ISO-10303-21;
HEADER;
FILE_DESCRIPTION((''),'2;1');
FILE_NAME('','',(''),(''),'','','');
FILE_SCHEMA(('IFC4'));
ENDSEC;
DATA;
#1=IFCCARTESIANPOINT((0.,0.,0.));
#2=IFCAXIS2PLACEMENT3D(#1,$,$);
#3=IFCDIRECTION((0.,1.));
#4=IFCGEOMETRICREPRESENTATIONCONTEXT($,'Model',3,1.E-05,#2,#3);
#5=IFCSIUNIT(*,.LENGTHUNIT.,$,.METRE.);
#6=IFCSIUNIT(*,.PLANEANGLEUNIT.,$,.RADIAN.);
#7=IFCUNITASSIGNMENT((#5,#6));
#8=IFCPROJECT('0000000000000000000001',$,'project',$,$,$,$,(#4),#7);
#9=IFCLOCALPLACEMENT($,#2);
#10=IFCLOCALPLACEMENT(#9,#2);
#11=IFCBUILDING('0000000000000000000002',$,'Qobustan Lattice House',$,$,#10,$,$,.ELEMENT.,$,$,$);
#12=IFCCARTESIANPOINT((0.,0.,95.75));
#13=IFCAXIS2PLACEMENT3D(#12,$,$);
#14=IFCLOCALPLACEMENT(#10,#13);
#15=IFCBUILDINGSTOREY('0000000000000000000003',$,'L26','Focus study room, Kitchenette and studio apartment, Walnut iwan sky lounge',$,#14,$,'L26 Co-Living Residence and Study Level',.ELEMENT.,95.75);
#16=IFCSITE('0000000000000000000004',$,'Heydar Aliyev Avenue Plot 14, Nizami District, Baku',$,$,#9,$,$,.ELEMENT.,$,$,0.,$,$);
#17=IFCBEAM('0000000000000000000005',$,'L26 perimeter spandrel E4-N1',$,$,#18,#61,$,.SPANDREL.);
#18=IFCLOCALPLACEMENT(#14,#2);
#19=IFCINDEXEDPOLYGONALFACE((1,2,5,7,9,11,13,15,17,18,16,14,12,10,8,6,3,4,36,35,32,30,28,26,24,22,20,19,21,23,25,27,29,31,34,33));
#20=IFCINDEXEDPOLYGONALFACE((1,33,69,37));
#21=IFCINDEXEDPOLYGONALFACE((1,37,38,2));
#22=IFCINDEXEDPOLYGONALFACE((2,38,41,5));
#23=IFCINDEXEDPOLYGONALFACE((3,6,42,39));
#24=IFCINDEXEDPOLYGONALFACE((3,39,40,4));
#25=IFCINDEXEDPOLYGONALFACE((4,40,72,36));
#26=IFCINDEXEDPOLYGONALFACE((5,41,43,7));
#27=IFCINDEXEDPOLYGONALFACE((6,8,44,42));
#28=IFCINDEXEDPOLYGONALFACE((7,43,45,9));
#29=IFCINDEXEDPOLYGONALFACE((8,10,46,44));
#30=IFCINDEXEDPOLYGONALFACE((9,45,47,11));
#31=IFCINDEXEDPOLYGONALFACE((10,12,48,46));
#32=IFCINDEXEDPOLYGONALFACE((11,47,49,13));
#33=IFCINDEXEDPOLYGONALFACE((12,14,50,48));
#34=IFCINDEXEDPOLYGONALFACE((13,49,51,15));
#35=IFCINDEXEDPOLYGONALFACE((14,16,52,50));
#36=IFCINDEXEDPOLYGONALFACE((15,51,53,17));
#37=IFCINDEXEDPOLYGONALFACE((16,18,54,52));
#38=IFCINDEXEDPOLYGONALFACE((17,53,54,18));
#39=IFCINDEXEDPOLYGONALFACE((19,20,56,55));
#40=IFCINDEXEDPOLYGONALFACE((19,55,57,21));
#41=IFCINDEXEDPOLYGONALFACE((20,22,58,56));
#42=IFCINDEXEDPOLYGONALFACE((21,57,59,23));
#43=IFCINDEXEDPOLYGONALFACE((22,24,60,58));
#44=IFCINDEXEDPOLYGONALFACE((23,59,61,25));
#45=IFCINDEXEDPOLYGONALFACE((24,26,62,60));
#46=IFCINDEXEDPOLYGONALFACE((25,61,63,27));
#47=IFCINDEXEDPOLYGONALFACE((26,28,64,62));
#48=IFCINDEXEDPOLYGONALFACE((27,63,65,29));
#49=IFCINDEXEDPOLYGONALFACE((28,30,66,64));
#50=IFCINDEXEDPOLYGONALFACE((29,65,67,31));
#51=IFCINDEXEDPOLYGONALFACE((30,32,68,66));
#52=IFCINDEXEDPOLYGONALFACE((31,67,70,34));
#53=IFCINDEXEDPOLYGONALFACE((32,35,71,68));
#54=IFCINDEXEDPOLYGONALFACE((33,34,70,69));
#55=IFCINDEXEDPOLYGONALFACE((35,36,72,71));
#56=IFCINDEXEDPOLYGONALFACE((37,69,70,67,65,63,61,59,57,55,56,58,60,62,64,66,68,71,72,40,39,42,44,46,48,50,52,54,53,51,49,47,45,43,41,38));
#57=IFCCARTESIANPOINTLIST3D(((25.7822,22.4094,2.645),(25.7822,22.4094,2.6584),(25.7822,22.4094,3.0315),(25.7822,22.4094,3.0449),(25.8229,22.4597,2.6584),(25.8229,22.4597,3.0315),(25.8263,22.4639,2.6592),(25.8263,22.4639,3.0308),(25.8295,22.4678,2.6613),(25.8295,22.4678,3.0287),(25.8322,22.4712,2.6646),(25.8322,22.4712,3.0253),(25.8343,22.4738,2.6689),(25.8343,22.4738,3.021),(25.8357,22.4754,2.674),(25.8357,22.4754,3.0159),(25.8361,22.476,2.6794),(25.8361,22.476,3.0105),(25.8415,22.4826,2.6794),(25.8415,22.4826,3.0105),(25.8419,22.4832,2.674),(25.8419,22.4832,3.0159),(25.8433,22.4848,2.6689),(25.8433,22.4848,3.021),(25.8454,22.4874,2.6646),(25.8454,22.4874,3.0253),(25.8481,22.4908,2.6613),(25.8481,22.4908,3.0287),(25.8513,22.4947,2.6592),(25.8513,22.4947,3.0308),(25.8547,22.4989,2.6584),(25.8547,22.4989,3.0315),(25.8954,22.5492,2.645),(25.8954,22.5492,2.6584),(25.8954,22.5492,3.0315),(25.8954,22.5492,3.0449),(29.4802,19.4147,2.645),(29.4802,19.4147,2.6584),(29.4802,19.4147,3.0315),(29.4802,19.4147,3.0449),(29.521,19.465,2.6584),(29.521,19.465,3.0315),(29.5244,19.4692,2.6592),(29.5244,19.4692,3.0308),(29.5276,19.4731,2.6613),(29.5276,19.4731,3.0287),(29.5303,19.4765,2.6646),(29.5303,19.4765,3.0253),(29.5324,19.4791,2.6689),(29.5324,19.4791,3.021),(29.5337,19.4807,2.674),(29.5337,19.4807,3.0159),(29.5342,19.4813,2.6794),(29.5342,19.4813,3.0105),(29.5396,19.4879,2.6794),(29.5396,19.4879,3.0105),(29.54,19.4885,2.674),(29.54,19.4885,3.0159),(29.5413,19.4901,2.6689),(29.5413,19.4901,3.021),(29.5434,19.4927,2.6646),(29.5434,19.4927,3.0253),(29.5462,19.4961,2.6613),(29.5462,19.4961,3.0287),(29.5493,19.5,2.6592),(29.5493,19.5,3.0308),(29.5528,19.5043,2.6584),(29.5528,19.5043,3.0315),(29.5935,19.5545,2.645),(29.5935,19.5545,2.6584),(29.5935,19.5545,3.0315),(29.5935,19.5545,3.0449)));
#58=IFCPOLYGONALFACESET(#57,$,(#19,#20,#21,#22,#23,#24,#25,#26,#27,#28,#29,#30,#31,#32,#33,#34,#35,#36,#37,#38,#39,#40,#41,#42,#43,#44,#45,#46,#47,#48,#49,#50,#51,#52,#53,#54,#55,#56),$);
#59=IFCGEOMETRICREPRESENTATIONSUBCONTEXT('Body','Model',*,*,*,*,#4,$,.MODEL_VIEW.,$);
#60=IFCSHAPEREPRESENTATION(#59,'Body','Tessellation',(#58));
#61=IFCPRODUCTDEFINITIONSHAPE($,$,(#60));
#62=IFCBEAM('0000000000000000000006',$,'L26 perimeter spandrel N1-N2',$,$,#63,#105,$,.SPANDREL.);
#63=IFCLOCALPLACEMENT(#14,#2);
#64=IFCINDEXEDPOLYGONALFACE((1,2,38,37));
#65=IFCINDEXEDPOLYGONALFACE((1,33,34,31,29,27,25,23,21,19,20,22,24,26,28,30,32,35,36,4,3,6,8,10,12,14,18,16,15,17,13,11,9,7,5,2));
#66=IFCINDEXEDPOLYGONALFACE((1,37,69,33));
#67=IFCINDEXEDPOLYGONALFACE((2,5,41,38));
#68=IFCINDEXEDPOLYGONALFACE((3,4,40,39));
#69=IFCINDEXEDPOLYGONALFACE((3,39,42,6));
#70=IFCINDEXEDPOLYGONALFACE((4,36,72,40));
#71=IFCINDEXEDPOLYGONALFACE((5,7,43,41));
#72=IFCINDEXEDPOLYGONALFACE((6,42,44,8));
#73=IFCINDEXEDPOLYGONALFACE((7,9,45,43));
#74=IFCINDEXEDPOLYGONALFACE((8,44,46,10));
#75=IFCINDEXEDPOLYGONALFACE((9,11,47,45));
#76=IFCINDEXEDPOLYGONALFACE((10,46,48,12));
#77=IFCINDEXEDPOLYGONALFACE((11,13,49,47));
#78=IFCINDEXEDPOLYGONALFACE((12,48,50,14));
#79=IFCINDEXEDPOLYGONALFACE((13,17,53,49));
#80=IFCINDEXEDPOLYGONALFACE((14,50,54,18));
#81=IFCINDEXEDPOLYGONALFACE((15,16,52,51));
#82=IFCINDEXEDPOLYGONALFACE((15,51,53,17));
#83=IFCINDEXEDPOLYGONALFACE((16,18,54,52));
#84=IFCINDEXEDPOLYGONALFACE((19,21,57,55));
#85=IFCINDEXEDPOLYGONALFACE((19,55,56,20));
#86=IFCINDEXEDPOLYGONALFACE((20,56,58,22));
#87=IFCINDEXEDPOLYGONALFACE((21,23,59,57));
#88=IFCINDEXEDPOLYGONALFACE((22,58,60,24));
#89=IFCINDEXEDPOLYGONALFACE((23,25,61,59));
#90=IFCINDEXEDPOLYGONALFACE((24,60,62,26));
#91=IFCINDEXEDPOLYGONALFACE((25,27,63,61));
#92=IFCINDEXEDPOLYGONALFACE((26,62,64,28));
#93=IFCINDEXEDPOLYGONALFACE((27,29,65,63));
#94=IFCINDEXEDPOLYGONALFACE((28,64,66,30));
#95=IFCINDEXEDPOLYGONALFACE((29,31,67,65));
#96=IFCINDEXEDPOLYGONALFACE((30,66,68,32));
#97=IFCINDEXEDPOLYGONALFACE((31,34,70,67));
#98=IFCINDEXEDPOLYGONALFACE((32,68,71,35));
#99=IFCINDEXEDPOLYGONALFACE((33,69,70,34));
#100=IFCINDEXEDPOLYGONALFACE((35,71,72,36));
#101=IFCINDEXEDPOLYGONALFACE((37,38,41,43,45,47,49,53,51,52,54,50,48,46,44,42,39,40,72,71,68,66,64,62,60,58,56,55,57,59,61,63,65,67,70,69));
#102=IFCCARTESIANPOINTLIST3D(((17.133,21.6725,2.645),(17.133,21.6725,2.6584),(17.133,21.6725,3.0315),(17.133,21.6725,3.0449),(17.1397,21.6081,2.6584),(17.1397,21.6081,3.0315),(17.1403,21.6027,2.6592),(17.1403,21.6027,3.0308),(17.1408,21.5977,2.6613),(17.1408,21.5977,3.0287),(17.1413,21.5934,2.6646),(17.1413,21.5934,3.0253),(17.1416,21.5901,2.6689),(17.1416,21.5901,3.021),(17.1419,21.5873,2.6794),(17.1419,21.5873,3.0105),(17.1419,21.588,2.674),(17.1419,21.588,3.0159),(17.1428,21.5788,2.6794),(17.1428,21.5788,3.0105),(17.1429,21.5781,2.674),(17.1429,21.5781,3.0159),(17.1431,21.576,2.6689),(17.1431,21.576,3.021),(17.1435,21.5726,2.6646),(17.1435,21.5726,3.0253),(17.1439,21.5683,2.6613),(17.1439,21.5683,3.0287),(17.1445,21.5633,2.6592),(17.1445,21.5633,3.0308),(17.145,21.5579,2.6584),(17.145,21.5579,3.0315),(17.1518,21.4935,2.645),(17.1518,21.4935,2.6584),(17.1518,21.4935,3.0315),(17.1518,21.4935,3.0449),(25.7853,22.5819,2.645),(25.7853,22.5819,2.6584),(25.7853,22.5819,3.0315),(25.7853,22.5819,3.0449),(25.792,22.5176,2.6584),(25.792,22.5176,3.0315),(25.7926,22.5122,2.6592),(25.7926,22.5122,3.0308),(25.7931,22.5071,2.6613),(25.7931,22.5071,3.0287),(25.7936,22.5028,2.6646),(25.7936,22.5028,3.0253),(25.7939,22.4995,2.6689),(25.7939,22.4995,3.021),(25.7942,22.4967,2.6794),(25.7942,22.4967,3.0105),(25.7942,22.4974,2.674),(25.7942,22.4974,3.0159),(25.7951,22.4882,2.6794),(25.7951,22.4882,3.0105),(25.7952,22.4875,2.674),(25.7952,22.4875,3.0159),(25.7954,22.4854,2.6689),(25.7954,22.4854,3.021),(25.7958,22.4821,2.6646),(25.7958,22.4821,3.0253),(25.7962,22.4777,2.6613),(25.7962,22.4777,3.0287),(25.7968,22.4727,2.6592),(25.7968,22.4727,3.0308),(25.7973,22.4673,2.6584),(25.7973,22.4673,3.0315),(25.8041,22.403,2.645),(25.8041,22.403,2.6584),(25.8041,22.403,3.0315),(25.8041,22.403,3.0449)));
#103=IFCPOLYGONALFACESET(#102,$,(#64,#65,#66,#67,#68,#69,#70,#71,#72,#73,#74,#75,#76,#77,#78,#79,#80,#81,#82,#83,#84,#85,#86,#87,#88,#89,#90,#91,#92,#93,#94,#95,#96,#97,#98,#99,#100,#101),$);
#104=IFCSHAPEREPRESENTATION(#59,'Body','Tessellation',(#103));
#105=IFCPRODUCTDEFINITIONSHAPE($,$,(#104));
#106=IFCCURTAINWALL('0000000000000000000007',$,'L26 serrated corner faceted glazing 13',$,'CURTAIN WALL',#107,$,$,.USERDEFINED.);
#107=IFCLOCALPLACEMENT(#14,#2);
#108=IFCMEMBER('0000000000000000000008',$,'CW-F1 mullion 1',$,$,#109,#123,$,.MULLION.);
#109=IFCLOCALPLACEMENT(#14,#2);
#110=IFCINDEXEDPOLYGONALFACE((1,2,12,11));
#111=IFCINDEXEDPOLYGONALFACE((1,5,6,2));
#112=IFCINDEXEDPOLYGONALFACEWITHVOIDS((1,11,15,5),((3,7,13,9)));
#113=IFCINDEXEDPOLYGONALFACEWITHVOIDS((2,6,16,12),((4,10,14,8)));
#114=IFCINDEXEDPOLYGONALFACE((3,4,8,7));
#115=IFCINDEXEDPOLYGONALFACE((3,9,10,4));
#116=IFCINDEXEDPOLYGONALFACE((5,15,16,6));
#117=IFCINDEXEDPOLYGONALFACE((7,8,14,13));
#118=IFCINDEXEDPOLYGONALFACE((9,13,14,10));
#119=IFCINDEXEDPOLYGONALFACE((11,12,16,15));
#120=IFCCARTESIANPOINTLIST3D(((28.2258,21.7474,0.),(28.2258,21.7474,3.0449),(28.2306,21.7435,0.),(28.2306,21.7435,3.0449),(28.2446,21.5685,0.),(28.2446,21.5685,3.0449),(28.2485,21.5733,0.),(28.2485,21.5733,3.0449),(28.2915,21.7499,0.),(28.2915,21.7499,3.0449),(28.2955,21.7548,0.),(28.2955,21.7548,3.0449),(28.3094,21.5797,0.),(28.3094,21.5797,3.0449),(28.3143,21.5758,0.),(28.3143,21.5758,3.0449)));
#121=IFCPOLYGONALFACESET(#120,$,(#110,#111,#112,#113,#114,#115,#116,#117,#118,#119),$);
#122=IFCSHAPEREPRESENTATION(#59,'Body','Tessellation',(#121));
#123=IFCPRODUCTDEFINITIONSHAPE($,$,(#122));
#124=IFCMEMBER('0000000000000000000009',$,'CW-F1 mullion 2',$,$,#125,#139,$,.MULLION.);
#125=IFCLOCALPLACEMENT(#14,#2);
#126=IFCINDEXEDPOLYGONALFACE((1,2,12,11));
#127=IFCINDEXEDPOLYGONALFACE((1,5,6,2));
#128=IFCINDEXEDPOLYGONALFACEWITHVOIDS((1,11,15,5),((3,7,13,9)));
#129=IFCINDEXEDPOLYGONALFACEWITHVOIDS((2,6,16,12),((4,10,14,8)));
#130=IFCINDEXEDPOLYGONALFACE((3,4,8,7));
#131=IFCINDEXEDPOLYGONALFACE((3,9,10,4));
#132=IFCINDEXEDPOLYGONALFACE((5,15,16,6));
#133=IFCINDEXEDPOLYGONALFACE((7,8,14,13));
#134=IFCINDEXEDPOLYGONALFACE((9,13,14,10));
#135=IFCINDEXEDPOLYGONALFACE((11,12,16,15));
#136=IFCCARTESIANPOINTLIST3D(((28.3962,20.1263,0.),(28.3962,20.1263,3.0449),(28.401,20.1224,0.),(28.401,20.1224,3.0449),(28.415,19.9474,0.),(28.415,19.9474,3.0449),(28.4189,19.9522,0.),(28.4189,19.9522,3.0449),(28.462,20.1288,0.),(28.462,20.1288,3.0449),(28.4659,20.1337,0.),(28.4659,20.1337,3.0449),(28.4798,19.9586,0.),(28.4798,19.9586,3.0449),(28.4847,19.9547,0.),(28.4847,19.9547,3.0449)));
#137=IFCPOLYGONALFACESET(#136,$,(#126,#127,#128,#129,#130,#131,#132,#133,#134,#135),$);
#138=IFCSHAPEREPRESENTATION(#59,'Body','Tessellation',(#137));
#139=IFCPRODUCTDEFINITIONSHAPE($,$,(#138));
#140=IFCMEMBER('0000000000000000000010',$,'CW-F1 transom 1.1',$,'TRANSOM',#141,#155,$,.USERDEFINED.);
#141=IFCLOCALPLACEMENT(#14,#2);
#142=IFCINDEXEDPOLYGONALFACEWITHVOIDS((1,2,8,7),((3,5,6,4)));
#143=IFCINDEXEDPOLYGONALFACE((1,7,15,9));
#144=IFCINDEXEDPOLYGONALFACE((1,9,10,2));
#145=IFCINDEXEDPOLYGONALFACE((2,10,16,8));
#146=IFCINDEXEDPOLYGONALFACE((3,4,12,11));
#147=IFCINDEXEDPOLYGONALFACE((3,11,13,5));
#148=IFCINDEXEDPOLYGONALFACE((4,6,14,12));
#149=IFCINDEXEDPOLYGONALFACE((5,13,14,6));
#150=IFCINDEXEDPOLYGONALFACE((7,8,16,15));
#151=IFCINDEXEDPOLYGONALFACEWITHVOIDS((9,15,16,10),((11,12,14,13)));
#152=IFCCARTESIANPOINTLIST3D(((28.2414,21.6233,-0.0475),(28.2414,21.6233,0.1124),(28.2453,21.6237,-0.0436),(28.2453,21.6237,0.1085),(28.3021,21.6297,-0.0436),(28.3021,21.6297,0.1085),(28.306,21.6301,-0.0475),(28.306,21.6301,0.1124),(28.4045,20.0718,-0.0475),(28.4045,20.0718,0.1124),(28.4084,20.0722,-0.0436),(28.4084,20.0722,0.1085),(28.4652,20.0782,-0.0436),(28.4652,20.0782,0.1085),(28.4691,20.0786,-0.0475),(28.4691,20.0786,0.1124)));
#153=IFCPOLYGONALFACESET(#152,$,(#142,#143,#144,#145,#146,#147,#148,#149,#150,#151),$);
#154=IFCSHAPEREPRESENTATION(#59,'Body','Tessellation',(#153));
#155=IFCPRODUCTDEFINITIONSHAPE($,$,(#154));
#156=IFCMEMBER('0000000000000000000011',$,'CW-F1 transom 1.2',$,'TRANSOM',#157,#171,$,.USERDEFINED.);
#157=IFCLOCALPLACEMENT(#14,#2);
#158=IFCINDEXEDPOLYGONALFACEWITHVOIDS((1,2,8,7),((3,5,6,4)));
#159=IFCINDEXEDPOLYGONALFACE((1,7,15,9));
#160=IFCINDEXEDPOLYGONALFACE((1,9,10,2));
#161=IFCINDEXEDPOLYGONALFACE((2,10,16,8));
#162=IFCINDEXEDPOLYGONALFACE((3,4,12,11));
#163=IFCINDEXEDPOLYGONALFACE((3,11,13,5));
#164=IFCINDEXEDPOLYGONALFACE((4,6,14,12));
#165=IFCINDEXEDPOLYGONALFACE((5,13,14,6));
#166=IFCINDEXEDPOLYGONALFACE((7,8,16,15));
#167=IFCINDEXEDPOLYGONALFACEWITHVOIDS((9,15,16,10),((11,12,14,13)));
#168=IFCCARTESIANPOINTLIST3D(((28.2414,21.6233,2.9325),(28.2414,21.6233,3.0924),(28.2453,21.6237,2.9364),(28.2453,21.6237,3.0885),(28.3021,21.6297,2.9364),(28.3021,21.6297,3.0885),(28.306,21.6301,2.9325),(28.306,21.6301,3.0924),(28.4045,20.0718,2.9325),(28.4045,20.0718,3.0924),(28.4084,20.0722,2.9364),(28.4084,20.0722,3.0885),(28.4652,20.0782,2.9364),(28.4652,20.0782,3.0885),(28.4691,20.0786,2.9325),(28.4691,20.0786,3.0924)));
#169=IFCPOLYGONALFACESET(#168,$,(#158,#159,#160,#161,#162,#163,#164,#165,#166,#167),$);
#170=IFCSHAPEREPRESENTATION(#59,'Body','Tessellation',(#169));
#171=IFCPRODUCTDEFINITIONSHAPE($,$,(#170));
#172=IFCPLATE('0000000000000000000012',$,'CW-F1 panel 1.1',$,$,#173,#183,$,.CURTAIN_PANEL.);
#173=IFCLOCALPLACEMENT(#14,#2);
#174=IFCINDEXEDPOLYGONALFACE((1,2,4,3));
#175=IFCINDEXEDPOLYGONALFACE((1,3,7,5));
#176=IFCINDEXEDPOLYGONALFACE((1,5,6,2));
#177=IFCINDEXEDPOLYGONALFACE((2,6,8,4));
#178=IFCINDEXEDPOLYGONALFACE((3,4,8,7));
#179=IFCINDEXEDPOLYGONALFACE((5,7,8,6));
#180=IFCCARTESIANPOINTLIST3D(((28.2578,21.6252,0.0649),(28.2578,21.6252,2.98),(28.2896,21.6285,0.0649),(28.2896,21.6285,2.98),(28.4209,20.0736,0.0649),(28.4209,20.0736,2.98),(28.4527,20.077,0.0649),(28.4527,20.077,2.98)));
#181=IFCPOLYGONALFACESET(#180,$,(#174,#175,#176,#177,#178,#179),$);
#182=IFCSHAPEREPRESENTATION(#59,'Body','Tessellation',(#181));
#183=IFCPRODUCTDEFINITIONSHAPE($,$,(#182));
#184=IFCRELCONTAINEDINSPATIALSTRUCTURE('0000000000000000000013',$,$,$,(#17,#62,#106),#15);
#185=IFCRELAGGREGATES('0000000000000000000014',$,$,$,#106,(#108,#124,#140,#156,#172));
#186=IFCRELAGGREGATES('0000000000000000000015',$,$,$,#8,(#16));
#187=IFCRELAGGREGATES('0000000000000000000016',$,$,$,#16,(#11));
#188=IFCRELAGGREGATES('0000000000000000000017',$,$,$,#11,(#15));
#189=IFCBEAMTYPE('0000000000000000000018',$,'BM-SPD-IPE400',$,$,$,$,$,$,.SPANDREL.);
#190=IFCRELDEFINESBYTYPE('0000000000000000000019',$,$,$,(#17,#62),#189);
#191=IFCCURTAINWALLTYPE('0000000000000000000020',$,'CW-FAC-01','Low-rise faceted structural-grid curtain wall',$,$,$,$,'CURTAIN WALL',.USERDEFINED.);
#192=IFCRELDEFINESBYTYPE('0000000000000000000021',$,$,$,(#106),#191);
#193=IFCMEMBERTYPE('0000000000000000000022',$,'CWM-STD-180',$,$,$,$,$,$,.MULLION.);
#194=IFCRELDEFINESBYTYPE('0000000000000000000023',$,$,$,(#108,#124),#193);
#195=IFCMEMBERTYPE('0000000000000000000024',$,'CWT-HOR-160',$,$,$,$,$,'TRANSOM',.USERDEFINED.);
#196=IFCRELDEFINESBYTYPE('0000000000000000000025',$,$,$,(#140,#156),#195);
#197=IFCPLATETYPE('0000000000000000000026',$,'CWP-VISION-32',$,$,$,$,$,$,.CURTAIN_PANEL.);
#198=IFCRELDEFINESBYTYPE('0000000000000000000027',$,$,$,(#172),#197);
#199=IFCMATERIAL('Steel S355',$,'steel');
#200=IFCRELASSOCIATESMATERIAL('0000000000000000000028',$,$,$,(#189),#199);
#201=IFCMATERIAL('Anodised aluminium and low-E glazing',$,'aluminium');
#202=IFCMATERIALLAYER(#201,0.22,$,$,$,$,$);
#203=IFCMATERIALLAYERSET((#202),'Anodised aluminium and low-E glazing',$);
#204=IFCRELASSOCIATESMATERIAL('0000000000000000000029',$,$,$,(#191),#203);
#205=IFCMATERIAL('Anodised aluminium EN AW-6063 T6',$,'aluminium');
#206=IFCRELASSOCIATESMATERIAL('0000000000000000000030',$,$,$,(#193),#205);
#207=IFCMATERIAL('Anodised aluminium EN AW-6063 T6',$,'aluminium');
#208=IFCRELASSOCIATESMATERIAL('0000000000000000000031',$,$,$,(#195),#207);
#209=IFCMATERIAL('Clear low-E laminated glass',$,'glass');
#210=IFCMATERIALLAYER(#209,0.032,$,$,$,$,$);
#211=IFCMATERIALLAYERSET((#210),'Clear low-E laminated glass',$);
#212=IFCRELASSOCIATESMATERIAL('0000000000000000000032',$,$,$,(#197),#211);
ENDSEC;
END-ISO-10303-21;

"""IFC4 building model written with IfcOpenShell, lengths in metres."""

from ifc_helpers import new_model, si_unit, direction, frame, origin, origin_2d, place, context, subcontext, project, spatial, rectangle, hollow_rectangle, i_section, extrude, material, layer, layer_set, material_profile, profile_set, type_object, element, aggregate, save


model = new_model("IFC4")

# Units and contexts
model_context = context("Model", 3, precision=1e-05, world=origin(), true_north=direction((0.0, 1.0)))
body_context = subcontext(model_context, "Body", "Model", "MODEL_VIEW")
ifc_project = project(units=[si_unit("LENGTHUNIT", "METRE"), si_unit("PLANEANGLEUNIT", "RADIAN")], contexts=[model_context])

# Site, building, storey
site_placement = place(None, origin())
site = spatial("IfcSite", under=ifc_project, at=site_placement, Name="Heydar Aliyev Avenue Plot 14, Nizami District, Baku", CompositionType="ELEMENT", RefElevation=0.0)
building_placement = place(site_placement, origin())
building = spatial("IfcBuilding", under=site, at=building_placement, Name="Qobustan Lattice House", CompositionType="ELEMENT")
storey_placement = place(building_placement, frame((0.0, 0.0, 95.75)))
storey = spatial("IfcBuildingStorey", under=building, at=storey_placement, Name="L26", Description="Focus study room, Kitchenette and studio apartment, Walnut iwan sky lounge", LongName="L26 Co-Living Residence and Study Level", CompositionType="ELEMENT", Elevation=95.75)

# Beams
ifc_material_1 = material(Name="Steel S355", Category="steel")
ifc_material_profile_1 = material_profile(ifc_material_1, i_section(OverallWidth=0.1799, OverallDepth=0.3999, WebThickness=0.0085, FlangeThickness=0.0134, FilletRadius=0.021, at=origin_2d()), Name="IPE400")
ifc_profile_set_1 = profile_set([ifc_material_profile_1], Name="Steel S355")
beam_type_1 = type_object("IfcBeamType", Name="BM-SPD-IPE400", PredefinedType="SPANDREL", material=ifc_profile_set_1)
beam_1_placement = place(storey_placement, frame((29.5369, 19.4846, 2.845), z_axis=(-0.777141, 0.629327, 0.0), x_axis=(-0.629327, -0.777141, 0.0)))
element("IfcBeam", 1, at=beam_1_placement, inside=storey, type_object=beam_type_1, Name="L26 perimeter spandrel E4-N1", PredefinedType="SPANDREL", context=body_context, shape_type="SweptSolid", body=[
    extrude(i_section(OverallWidth=0.1799, OverallDepth=0.3999, WebThickness=0.0085, FlangeThickness=0.0134, FilletRadius=0.021, at=origin_2d()), origin(), (0.0, 0.0, 1.0), 4.7585),
])
beam_2_placement = place(storey_placement, frame((25.7947, 22.4924, 2.845), z_axis=(-0.994522, -0.104531, 0.0), x_axis=(0.104531, -0.994522, 0.0)))
element("IfcBeam", 2, at=beam_2_placement, inside=storey, type_object=beam_type_1, Name="L26 perimeter spandrel N1-N2", PredefinedType="SPANDREL", context=body_context, shape_type="SweptSolid", body=[
    extrude(i_section(OverallWidth=0.1799, OverallDepth=0.3999, WebThickness=0.0085, FlangeThickness=0.0134, FilletRadius=0.021, at=origin_2d()), origin(), (0.0, 0.0, 1.0), 8.7),
])

# Curtain wall, members, plate
ifc_material_2 = material(Name="Anodised aluminium and low-E glazing", Category="aluminium")
ifc_layer_1 = layer(ifc_material_2, 0.22)
ifc_layer_set_1 = layer_set([ifc_layer_1], Name="Anodised aluminium and low-E glazing")
curtain_wall_type = type_object("IfcCurtainWallType", Name="CW-FAC-01", Description="Low-rise faceted structural-grid curtain wall", ElementType="CURTAIN WALL", PredefinedType="USERDEFINED", material=ifc_layer_set_1)
curtain_wall_placement = place(storey_placement, origin())
curtain_wall = element("IfcCurtainWall", 3, at=curtain_wall_placement, inside=storey, type_object=curtain_wall_type, Name="L26 serrated corner faceted glazing 13", ObjectType="CURTAIN WALL", PredefinedType="USERDEFINED")
ifc_material_3 = material(Name="Anodised aluminium EN AW-6063 T6", Category="aluminium")
ifc_material_profile_2 = material_profile(ifc_material_3, hollow_rectangle(XDim=0.0701, YDim=0.1799, WallThickness=0.0044, at=origin_2d()), Name="CWM-180x70")
ifc_profile_set_2 = profile_set([ifc_material_profile_2], Name="Anodised aluminium EN AW-6063 T6")
member_type_1 = type_object("IfcMemberType", Name="CWM-STD-180", PredefinedType="MULLION", material=ifc_profile_set_2)
member_1_placement = place(storey_placement, frame((28.27, 21.6616, 0.0), z_axis=(0.0, 0.0, 1.0), x_axis=(0.994522, 0.104529, 0.0)))
member_1 = element("IfcMember", 4, at=member_1_placement, type_object=member_type_1, Name="CW-F1 mullion 1", PredefinedType="MULLION", context=body_context, shape_type="SweptSolid", body=[
    extrude(hollow_rectangle(XDim=0.0701, YDim=0.1799, WallThickness=0.0044, at=origin_2d()), origin(), (0.0, 0.0, 1.0), 3.0449),
])
member_2_placement = place(storey_placement, frame((28.4404, 20.0405, 0.0), z_axis=(0.0, 0.0, 1.0), x_axis=(0.994522, 0.104529, 0.0)))
member_2 = element("IfcMember", 5, at=member_2_placement, type_object=member_type_1, Name="CW-F1 mullion 2", PredefinedType="MULLION", context=body_context, shape_type="SweptSolid", body=[
    extrude(hollow_rectangle(XDim=0.0701, YDim=0.1799, WallThickness=0.0044, at=origin_2d()), origin(), (0.0, 0.0, 1.0), 3.0449),
])
ifc_material_4 = material(Name="Anodised aluminium EN AW-6063 T6", Category="aluminium")
ifc_material_profile_3 = material_profile(ifc_material_4, hollow_rectangle(XDim=0.0649, YDim=0.1599, WallThickness=0.0039, at=origin_2d()), Name="CWT-160x65")
ifc_profile_set_3 = profile_set([ifc_material_profile_3], Name="Anodised aluminium EN AW-6063 T6")
member_type_2 = type_object("IfcMemberType", Name="CWT-HOR-160", ElementType="TRANSOM", PredefinedType="USERDEFINED", material=ifc_profile_set_3)
member_3_placement = place(storey_placement, frame((28.2737, 21.6267, 0.0325), z_axis=(0.104538, -0.994521, 0.0), x_axis=(0.994521, 0.104538, 0.0)))
member_3 = element("IfcMember", 6, at=member_3_placement, type_object=member_type_2, Name="CW-F1 transom 1.1", ObjectType="TRANSOM", PredefinedType="USERDEFINED", context=body_context, shape_type="SweptSolid", body=[
    extrude(hollow_rectangle(XDim=0.0649, YDim=0.1599, WallThickness=0.0039, at=origin_2d()), origin(), (0.0, 0.0, 1.0), 1.5601),
])
member_4_placement = place(storey_placement, frame((28.2737, 21.6267, 3.0125), z_axis=(0.104538, -0.994521, 0.0), x_axis=(0.994521, 0.104538, 0.0)))
member_4 = element("IfcMember", 7, at=member_4_placement, type_object=member_type_2, Name="CW-F1 transom 1.2", ObjectType="TRANSOM", PredefinedType="USERDEFINED", context=body_context, shape_type="SweptSolid", body=[
    extrude(hollow_rectangle(XDim=0.0649, YDim=0.1599, WallThickness=0.0039, at=origin_2d()), origin(), (0.0, 0.0, 1.0), 1.5601),
])
ifc_material_5 = material(Name="Clear low-E laminated glass", Category="glass")
ifc_layer_2 = layer(ifc_material_5, 0.032)
ifc_layer_set_2 = layer_set([ifc_layer_2], Name="Clear low-E laminated glass")
plate_type_1 = type_object("IfcPlateType", Name="CWP-VISION-32", PredefinedType="CURTAIN_PANEL", material=ifc_layer_set_2)
plate_1_placement = place(storey_placement, frame((28.3552, 20.8511, 0.0649), z_axis=(0.0, 0.0, 1.0), x_axis=(0.104529, -0.994522, 0.0)))
plate_1 = element("IfcPlate", 8, at=plate_1_placement, type_object=plate_type_1, Name="CW-F1 panel 1.1", PredefinedType="CURTAIN_PANEL", context=body_context, shape_type="SweptSolid", body=[
    extrude(rectangle(XDim=1.5601, YDim=0.032, at=origin_2d()), origin(), (0.0, 0.0, 1.0), 2.915),
])
aggregate(curtain_wall, [member_1, member_2, member_3, member_4, plate_1])

save(model, "model.ifc")
